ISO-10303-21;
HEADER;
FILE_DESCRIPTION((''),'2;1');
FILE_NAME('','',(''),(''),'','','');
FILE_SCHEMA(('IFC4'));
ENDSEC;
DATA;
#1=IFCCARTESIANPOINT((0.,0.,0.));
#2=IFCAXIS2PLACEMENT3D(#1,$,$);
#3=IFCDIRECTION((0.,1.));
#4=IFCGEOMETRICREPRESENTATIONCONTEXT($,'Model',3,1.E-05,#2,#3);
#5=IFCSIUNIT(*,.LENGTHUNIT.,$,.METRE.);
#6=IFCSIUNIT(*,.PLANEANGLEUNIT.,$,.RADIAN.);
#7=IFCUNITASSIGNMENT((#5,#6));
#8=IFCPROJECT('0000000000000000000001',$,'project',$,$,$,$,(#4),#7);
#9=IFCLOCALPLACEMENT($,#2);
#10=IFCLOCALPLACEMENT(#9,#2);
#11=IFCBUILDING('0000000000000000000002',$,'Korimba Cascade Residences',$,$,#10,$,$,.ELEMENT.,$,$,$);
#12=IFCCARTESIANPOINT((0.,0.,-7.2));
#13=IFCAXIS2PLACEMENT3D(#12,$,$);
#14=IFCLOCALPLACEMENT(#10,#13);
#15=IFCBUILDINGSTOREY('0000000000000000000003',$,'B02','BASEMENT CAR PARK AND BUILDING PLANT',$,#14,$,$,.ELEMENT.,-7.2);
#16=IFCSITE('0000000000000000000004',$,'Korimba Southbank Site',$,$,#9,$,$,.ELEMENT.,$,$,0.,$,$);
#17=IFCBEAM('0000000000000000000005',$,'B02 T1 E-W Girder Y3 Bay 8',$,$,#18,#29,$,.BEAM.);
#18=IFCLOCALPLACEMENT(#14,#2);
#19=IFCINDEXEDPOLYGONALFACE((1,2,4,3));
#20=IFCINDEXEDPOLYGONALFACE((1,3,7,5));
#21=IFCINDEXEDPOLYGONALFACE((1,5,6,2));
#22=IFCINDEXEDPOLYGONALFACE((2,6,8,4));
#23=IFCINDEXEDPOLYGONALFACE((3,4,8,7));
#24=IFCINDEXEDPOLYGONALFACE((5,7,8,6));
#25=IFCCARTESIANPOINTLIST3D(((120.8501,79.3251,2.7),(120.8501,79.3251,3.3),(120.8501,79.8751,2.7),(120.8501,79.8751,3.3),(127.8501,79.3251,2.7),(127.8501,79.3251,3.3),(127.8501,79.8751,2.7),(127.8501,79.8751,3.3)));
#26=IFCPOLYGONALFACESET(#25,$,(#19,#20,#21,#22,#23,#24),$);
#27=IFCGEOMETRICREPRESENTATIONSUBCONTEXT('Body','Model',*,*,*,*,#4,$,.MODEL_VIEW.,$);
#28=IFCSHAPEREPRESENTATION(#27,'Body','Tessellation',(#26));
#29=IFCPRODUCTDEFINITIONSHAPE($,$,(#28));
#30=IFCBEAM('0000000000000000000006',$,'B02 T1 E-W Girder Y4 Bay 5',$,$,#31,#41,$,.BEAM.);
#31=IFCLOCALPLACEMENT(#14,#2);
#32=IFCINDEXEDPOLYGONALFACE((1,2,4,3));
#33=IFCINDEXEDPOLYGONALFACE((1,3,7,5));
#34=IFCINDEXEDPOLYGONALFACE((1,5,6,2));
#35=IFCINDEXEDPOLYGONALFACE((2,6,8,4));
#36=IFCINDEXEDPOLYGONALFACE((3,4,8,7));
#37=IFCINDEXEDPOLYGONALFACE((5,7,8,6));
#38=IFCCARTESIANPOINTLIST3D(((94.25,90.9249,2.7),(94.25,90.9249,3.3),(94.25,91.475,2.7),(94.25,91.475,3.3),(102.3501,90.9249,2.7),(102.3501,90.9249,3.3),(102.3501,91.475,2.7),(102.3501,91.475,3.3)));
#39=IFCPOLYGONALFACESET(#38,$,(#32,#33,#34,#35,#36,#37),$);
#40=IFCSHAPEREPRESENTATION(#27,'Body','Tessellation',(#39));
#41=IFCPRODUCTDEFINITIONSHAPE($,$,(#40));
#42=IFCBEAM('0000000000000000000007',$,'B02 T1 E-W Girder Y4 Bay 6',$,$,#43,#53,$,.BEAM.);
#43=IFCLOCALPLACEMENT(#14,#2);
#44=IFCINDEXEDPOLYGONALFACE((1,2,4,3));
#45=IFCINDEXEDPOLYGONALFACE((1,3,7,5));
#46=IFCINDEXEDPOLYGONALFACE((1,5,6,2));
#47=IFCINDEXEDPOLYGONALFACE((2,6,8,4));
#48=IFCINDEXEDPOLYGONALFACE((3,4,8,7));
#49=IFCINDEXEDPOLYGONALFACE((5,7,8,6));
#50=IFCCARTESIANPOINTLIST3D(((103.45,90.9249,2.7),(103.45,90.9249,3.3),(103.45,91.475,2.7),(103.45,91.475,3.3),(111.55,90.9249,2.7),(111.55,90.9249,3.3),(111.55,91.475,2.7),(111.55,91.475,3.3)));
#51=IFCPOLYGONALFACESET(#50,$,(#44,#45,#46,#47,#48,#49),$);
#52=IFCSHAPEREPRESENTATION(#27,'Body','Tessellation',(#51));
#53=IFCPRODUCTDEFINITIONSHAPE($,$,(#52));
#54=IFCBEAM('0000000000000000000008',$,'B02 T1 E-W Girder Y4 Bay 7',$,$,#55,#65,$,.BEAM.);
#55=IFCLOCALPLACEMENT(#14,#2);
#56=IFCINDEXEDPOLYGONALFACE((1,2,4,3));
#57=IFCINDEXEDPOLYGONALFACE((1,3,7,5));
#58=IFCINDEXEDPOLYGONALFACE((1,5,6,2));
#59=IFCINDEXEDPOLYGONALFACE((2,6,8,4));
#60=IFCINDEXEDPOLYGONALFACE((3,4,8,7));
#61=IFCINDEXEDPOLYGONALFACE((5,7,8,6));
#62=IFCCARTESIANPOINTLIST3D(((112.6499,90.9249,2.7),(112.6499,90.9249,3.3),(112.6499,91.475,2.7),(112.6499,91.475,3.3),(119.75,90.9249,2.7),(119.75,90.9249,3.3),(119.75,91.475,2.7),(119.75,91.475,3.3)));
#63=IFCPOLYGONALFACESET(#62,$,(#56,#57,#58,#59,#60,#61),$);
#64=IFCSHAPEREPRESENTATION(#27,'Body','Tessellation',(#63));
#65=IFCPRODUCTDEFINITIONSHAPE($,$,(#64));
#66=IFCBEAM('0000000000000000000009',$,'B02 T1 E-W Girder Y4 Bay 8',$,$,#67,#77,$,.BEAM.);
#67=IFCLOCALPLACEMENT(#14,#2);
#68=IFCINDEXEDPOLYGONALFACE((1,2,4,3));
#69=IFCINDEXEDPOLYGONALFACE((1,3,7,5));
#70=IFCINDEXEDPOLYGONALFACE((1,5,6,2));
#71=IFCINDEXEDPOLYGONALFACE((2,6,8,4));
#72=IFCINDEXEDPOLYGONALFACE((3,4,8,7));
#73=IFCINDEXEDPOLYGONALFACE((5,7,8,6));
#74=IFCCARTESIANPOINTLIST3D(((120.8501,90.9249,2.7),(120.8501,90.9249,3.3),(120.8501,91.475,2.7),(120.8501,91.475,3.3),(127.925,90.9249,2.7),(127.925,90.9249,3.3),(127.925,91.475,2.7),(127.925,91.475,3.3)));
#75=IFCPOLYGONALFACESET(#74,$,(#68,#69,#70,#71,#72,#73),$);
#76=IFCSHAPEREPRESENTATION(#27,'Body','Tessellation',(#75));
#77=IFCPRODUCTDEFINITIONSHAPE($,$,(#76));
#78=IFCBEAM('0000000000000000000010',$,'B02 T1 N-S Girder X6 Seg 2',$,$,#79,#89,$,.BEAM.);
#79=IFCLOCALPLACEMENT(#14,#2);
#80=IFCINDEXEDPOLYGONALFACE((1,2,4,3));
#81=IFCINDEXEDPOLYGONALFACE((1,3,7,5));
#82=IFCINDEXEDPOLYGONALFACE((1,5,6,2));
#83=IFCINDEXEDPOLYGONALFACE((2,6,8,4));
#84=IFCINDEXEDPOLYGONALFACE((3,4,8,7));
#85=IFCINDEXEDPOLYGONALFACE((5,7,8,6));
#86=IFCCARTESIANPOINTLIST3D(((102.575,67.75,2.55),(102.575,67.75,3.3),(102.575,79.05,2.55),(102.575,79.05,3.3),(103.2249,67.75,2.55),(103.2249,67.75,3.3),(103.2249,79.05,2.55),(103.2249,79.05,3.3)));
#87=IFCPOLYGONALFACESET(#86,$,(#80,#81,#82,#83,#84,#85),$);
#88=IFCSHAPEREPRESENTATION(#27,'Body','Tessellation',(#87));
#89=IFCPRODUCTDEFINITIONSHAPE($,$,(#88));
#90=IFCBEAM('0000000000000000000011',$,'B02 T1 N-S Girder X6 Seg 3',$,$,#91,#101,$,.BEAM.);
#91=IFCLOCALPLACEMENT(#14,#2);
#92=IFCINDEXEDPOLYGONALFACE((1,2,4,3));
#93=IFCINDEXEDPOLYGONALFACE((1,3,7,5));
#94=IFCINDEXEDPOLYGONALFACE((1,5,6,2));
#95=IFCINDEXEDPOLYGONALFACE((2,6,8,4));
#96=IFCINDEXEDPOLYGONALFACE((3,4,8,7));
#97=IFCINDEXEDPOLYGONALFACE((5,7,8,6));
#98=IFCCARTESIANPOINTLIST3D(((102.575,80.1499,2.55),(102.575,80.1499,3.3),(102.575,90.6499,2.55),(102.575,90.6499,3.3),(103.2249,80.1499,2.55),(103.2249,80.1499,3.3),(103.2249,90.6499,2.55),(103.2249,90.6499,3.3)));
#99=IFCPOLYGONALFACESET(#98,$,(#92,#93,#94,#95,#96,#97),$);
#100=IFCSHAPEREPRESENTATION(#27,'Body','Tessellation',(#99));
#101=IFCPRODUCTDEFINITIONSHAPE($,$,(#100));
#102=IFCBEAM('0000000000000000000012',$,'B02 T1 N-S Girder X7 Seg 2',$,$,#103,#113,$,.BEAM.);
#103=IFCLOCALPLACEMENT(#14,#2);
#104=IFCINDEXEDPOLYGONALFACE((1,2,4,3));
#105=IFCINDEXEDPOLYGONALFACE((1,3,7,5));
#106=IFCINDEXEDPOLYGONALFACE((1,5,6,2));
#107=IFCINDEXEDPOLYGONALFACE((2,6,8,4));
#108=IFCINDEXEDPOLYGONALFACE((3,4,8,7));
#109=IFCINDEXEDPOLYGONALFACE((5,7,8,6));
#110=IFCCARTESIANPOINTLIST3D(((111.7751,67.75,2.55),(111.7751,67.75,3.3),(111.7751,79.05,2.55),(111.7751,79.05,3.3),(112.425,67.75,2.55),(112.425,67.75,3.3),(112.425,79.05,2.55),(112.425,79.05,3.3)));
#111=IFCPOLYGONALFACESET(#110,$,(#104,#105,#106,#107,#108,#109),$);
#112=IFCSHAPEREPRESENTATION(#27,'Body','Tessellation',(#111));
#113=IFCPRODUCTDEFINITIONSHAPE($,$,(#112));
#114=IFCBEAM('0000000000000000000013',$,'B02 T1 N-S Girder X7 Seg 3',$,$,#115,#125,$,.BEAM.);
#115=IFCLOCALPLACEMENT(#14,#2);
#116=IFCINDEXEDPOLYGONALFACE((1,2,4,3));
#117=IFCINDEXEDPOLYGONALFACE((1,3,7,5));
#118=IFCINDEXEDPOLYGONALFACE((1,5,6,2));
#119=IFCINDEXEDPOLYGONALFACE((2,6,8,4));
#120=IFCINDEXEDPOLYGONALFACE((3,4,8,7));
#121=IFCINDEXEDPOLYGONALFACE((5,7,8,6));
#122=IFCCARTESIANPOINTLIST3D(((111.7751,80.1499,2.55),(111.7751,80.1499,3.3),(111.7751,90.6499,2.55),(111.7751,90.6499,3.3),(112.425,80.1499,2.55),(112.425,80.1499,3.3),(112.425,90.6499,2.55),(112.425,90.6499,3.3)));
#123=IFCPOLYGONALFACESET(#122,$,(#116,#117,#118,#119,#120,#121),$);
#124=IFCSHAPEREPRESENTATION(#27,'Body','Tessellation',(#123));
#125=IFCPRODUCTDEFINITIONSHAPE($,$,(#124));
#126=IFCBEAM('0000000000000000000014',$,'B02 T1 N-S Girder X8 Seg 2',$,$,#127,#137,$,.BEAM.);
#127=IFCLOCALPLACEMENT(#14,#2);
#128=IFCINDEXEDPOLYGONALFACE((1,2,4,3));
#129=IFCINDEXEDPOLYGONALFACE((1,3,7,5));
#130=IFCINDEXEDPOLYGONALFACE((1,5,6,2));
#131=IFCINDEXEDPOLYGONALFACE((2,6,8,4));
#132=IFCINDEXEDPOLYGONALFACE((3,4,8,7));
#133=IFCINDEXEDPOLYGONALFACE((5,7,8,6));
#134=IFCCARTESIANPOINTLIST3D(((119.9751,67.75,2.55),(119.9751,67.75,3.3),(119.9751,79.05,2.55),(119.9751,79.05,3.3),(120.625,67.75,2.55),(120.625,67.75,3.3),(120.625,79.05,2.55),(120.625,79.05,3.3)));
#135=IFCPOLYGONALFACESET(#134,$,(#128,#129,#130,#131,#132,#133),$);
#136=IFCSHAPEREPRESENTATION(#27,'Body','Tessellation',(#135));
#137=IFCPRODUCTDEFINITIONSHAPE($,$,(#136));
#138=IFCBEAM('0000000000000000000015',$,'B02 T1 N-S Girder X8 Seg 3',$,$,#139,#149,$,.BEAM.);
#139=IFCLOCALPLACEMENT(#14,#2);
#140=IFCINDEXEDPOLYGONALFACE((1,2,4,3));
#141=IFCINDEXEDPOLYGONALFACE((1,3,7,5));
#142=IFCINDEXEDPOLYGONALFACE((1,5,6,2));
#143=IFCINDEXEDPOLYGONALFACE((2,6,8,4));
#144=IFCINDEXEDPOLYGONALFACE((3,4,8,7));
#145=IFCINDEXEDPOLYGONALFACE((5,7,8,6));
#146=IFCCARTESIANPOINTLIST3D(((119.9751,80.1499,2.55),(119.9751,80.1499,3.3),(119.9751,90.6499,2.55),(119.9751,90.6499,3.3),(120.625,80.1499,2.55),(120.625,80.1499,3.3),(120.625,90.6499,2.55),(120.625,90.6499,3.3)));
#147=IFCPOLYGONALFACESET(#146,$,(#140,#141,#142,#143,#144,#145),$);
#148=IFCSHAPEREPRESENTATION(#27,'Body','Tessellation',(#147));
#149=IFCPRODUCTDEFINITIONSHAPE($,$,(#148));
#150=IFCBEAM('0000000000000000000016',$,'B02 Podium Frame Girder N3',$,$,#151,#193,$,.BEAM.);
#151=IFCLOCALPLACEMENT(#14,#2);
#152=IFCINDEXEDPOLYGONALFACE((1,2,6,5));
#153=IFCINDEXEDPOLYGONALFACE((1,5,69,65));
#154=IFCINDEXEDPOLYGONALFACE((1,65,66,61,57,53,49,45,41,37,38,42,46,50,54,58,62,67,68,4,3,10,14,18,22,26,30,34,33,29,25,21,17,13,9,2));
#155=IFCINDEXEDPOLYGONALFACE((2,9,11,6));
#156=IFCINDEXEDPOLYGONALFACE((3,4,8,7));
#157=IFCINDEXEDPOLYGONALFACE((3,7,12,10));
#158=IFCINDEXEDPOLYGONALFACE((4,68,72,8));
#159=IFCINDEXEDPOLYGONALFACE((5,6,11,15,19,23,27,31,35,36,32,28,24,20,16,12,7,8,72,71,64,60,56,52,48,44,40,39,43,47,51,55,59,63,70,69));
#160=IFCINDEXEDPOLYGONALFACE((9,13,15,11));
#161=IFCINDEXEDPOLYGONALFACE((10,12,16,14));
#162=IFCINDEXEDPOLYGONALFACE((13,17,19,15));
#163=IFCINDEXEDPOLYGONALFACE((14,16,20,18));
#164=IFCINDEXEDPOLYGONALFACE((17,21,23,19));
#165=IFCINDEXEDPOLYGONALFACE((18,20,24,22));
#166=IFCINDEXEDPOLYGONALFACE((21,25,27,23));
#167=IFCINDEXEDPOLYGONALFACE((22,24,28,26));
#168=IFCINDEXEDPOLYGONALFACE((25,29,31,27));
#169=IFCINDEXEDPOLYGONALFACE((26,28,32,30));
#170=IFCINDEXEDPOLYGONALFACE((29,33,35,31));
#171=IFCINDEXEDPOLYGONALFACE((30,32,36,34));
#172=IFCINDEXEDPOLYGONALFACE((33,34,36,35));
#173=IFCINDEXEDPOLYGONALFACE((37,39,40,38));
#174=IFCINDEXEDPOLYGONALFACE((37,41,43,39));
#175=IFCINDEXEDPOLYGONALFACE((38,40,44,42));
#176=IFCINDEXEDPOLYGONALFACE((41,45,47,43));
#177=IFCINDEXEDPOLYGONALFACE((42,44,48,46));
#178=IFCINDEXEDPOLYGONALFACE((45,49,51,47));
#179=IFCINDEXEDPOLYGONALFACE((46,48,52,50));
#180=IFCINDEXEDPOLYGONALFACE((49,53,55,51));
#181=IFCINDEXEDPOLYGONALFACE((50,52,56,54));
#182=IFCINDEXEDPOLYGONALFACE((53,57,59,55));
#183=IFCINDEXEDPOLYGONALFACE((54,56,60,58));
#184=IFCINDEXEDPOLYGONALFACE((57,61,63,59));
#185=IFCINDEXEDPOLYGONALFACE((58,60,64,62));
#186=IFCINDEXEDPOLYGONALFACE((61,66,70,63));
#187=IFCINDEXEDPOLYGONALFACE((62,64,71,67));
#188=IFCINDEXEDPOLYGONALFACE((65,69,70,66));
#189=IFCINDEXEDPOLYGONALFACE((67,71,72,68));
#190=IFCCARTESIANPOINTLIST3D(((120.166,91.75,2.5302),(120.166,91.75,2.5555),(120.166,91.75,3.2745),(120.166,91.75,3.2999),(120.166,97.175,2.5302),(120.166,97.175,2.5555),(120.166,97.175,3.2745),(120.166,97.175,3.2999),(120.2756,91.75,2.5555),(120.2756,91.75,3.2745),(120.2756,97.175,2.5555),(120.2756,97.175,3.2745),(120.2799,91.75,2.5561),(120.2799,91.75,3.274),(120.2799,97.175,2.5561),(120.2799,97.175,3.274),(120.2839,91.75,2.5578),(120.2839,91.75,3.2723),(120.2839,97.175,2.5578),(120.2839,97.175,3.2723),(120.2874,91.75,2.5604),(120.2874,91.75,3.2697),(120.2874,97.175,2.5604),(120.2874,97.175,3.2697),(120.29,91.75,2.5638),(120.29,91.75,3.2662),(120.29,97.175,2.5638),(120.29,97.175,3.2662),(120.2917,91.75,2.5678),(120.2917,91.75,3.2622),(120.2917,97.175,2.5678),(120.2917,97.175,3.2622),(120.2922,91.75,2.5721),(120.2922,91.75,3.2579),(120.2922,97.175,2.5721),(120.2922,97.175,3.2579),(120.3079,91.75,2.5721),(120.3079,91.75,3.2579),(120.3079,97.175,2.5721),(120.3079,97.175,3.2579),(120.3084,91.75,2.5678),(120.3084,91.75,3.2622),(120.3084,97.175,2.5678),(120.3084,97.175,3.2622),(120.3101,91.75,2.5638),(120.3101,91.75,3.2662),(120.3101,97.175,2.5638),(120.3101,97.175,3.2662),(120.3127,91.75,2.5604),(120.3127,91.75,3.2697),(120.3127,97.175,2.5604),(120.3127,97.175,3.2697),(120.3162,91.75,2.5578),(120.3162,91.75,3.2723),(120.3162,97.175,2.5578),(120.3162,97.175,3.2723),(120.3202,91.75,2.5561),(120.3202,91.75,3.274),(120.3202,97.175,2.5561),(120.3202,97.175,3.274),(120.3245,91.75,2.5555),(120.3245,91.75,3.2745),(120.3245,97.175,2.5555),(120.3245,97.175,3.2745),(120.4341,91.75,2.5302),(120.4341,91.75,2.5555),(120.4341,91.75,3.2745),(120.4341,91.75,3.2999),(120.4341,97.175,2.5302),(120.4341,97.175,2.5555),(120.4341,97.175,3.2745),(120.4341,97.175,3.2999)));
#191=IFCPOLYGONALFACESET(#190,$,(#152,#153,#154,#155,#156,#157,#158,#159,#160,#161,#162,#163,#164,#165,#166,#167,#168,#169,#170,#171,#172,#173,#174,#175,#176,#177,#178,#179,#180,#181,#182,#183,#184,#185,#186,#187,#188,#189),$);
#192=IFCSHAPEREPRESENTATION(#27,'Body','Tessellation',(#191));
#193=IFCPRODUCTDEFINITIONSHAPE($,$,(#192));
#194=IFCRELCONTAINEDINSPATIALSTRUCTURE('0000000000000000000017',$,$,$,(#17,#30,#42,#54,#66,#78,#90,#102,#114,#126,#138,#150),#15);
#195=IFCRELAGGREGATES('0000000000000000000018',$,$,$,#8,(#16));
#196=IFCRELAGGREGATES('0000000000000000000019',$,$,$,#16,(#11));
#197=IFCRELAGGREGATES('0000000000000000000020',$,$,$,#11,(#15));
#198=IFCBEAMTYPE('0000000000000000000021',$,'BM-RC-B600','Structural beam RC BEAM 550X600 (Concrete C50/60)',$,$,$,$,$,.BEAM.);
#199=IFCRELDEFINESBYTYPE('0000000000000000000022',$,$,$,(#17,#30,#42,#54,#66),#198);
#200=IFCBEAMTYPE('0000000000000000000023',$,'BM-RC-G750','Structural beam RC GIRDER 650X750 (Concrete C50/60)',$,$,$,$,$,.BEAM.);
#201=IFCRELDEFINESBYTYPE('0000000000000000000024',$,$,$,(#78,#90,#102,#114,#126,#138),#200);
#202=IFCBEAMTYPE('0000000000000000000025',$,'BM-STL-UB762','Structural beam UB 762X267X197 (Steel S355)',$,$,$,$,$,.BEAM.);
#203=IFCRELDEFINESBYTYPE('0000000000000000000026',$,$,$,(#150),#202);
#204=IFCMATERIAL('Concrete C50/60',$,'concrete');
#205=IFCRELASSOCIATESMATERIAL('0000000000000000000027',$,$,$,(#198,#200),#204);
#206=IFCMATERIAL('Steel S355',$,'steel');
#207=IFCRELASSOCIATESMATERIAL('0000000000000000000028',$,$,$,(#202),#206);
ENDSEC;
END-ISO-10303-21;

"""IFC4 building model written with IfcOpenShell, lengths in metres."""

from ifc_helpers import new_model, si_unit, direction, frame, origin, origin_2d, place, context, subcontext, project, spatial, rectangle, i_section, extrude, material, material_profile, profile_set, type_object, element, save


model = new_model("IFC4")

# Units and contexts
model_context = context("Model", 3, precision=1e-05, world=origin(), true_north=direction((0.0, 1.0)))
body_context = subcontext(model_context, "Body", "Model", "MODEL_VIEW")
ifc_project = project(units=[si_unit("LENGTHUNIT", "METRE"), si_unit("PLANEANGLEUNIT", "RADIAN")], contexts=[model_context])

# Site, building, storey
site_placement = place(None, origin())
site = spatial("IfcSite", under=ifc_project, at=site_placement, Name="Korimba Southbank Site", CompositionType="ELEMENT", RefElevation=0.0)
building_placement = place(site_placement, origin())
building = spatial("IfcBuilding", under=site, at=building_placement, Name="Korimba Cascade Residences", CompositionType="ELEMENT")
storey_placement = place(building_placement, frame((0.0, 0.0, -7.2)))
storey = spatial("IfcBuildingStorey", under=building, at=storey_placement, Name="B02", Description="BASEMENT CAR PARK AND BUILDING PLANT", CompositionType="ELEMENT", Elevation=-7.2)

# Beams
ifc_material_1 = material(Name="Concrete C50/60", Category="concrete")
ifc_material_profile_1 = material_profile(ifc_material_1, rectangle(XDim=0.55, YDim=0.6001, at=origin_2d()), Name="Concrete C50/60")
ifc_profile_set_1 = profile_set([ifc_material_profile_1], Name="Concrete C50/60")
beam_type_1 = type_object("IfcBeamType", Name="BM-RC-B600", Description="Structural beam RC BEAM 550X600 (Concrete C50/60)", PredefinedType="BEAM", material=ifc_profile_set_1)
beam_1_placement = place(storey_placement, frame((120.8501, 79.6001, 3.0), z_axis=(1.0, 0.0, 0.0), x_axis=(0.0, 1.0, 0.0)))
element("IfcBeam", 1, at=beam_1_placement, inside=storey, type_object=beam_type_1, Name="B02 T1 E-W Girder Y3 Bay 8", PredefinedType="BEAM", context=body_context, shape_type="SweptSolid", body=[
    extrude(rectangle(XDim=0.55, YDim=0.6001, at=origin_2d()), origin(), (0.0, 0.0, 1.0), 7.0),
])
for number, where, z_axis, x_axis, name in (
    (2, (94.25, 91.2, 3.0), (1.0, 0.0, 0.0), (0.0, 1.0, 0.0), "B02 T1 E-W Girder Y4 Bay 5"),
    (3, (103.45, 91.2, 3.0), (1.0, 0.0, 0.0), (0.0, 1.0, 0.0), "B02 T1 E-W Girder Y4 Bay 6"),
):
    element("IfcBeam", number, at=place(storey_placement, frame(where, z_axis=z_axis, x_axis=x_axis)), inside=storey, type_object=beam_type_1, Name=name, PredefinedType="BEAM", context=body_context, shape_type="SweptSolid", body=[
        extrude(rectangle(XDim=0.55, YDim=0.6001, at=origin_2d()), origin(), (0.0, 0.0, 1.0), 8.1001),
    ])
beam_2_placement = place(storey_placement, frame((112.6499, 91.2, 3.0), z_axis=(1.0, 0.0, 0.0), x_axis=(0.0, 1.0, 0.0)))
element("IfcBeam", 4, at=beam_2_placement, inside=storey, type_object=beam_type_1, Name="B02 T1 E-W Girder Y4 Bay 7", PredefinedType="BEAM", context=body_context, shape_type="SweptSolid", body=[
    extrude(rectangle(XDim=0.55, YDim=0.6001, at=origin_2d()), origin(), (0.0, 0.0, 1.0), 7.1001),
])
beam_3_placement = place(storey_placement, frame((120.8501, 91.2, 3.0), z_axis=(1.0, 0.0, 0.0), x_axis=(0.0, 1.0, 0.0)))
element("IfcBeam", 5, at=beam_3_placement, inside=storey, type_object=beam_type_1, Name="B02 T1 E-W Girder Y4 Bay 8", PredefinedType="BEAM", context=body_context, shape_type="SweptSolid", body=[
    extrude(rectangle(XDim=0.55, YDim=0.6001, at=origin_2d()), origin(), (0.0, 0.0, 1.0), 7.075),
])
ifc_material_profile_2 = material_profile(ifc_material_1, rectangle(XDim=0.6499, YDim=0.75, at=origin_2d()), Name="Concrete C50/60")
ifc_profile_set_2 = profile_set([ifc_material_profile_2], Name="Concrete C50/60")
beam_type_2 = type_object("IfcBeamType", Name="BM-RC-G750", Description="Structural beam RC GIRDER 650X750 (Concrete C50/60)", PredefinedType="BEAM", material=ifc_profile_set_2)
beam_4_placement = place(storey_placement, frame((102.8999, 67.75, 2.925), z_axis=(0.0, 1.0, 0.0), x_axis=(-1.0, 0.0, 0.0)))
element("IfcBeam", 6, at=beam_4_placement, inside=storey, type_object=beam_type_2, Name="B02 T1 N-S Girder X6 Seg 2", PredefinedType="BEAM", context=body_context, shape_type="SweptSolid", body=[
    extrude(rectangle(XDim=0.6499, YDim=0.75, at=origin_2d()), origin(), (0.0, 0.0, 1.0), 11.3),
])
beam_5_placement = place(storey_placement, frame((102.8999, 80.1499, 2.925), z_axis=(0.0, 1.0, 0.0), x_axis=(-1.0, 0.0, 0.0)))
element("IfcBeam", 7, at=beam_5_placement, inside=storey, type_object=beam_type_2, Name="B02 T1 N-S Girder X6 Seg 3", PredefinedType="BEAM", context=body_context, shape_type="SweptSolid", body=[
    extrude(rectangle(XDim=0.6499, YDim=0.75, at=origin_2d()), origin(), (0.0, 0.0, 1.0), 10.5),
])
beam_6_placement = place(storey_placement, frame((112.1001, 67.75, 2.925), z_axis=(0.0, 1.0, 0.0), x_axis=(-1.0, 0.0, 0.0)))
element("IfcBeam", 8, at=beam_6_placement, inside=storey, type_object=beam_type_2, Name="B02 T1 N-S Girder X7 Seg 2", PredefinedType="BEAM", context=body_context, shape_type="SweptSolid", body=[
    extrude(rectangle(XDim=0.6499, YDim=0.75, at=origin_2d()), origin(), (0.0, 0.0, 1.0), 11.3),
])
beam_7_placement = place(storey_placement, frame((112.1001, 80.1499, 2.925), z_axis=(0.0, 1.0, 0.0), x_axis=(-1.0, 0.0, 0.0)))
element("IfcBeam", 9, at=beam_7_placement, inside=storey, type_object=beam_type_2, Name="B02 T1 N-S Girder X7 Seg 3", PredefinedType="BEAM", context=body_context, shape_type="SweptSolid", body=[
    extrude(rectangle(XDim=0.6499, YDim=0.75, at=origin_2d()), origin(), (0.0, 0.0, 1.0), 10.5),
])
beam_8_placement = place(storey_placement, frame((120.3, 67.75, 2.925), z_axis=(0.0, 1.0, 0.0), x_axis=(-1.0, 0.0, 0.0)))
element("IfcBeam", 10, at=beam_8_placement, inside=storey, type_object=beam_type_2, Name="B02 T1 N-S Girder X8 Seg 2", PredefinedType="BEAM", context=body_context, shape_type="SweptSolid", body=[
    extrude(rectangle(XDim=0.6499, YDim=0.75, at=origin_2d()), origin(), (0.0, 0.0, 1.0), 11.3),
])
beam_9_placement = place(storey_placement, frame((120.3, 80.1499, 2.925), z_axis=(0.0, 1.0, 0.0), x_axis=(-1.0, 0.0, 0.0)))
element("IfcBeam", 11, at=beam_9_placement, inside=storey, type_object=beam_type_2, Name="B02 T1 N-S Girder X8 Seg 3", PredefinedType="BEAM", context=body_context, shape_type="SweptSolid", body=[
    extrude(rectangle(XDim=0.6499, YDim=0.75, at=origin_2d()), origin(), (0.0, 0.0, 1.0), 10.5),
])
ifc_material_2 = material(Name="Steel S355", Category="steel")
ifc_material_profile_3 = material_profile(ifc_material_2, i_section(OverallWidth=0.2681, OverallDepth=0.7698, WebThickness=0.0156, FlangeThickness=0.0254, FilletRadius=0.0166, at=origin_2d()), Name="Steel S355")
ifc_profile_set_3 = profile_set([ifc_material_profile_3], Name="Steel S355")
beam_type_3 = type_object("IfcBeamType", Name="BM-STL-UB762", Description="Structural beam UB 762X267X197 (Steel S355)", PredefinedType="BEAM", material=ifc_profile_set_3)
beam_10_placement = place(storey_placement, frame((120.3, 91.75, 2.915), z_axis=(0.0, 1.0, 0.0), x_axis=(-1.0, 0.0, 0.0)))
element("IfcBeam", 12, at=beam_10_placement, inside=storey, type_object=beam_type_3, Name="B02 Podium Frame Girder N3", PredefinedType="BEAM", context=body_context, shape_type="SweptSolid", body=[
    extrude(i_section(OverallWidth=0.2681, OverallDepth=0.7698, WebThickness=0.0156, FlangeThickness=0.0254, FilletRadius=0.0166, at=origin_2d()), origin(), (0.0, 0.0, 1.0), 5.425),
])

save(model, "model.ifc")
